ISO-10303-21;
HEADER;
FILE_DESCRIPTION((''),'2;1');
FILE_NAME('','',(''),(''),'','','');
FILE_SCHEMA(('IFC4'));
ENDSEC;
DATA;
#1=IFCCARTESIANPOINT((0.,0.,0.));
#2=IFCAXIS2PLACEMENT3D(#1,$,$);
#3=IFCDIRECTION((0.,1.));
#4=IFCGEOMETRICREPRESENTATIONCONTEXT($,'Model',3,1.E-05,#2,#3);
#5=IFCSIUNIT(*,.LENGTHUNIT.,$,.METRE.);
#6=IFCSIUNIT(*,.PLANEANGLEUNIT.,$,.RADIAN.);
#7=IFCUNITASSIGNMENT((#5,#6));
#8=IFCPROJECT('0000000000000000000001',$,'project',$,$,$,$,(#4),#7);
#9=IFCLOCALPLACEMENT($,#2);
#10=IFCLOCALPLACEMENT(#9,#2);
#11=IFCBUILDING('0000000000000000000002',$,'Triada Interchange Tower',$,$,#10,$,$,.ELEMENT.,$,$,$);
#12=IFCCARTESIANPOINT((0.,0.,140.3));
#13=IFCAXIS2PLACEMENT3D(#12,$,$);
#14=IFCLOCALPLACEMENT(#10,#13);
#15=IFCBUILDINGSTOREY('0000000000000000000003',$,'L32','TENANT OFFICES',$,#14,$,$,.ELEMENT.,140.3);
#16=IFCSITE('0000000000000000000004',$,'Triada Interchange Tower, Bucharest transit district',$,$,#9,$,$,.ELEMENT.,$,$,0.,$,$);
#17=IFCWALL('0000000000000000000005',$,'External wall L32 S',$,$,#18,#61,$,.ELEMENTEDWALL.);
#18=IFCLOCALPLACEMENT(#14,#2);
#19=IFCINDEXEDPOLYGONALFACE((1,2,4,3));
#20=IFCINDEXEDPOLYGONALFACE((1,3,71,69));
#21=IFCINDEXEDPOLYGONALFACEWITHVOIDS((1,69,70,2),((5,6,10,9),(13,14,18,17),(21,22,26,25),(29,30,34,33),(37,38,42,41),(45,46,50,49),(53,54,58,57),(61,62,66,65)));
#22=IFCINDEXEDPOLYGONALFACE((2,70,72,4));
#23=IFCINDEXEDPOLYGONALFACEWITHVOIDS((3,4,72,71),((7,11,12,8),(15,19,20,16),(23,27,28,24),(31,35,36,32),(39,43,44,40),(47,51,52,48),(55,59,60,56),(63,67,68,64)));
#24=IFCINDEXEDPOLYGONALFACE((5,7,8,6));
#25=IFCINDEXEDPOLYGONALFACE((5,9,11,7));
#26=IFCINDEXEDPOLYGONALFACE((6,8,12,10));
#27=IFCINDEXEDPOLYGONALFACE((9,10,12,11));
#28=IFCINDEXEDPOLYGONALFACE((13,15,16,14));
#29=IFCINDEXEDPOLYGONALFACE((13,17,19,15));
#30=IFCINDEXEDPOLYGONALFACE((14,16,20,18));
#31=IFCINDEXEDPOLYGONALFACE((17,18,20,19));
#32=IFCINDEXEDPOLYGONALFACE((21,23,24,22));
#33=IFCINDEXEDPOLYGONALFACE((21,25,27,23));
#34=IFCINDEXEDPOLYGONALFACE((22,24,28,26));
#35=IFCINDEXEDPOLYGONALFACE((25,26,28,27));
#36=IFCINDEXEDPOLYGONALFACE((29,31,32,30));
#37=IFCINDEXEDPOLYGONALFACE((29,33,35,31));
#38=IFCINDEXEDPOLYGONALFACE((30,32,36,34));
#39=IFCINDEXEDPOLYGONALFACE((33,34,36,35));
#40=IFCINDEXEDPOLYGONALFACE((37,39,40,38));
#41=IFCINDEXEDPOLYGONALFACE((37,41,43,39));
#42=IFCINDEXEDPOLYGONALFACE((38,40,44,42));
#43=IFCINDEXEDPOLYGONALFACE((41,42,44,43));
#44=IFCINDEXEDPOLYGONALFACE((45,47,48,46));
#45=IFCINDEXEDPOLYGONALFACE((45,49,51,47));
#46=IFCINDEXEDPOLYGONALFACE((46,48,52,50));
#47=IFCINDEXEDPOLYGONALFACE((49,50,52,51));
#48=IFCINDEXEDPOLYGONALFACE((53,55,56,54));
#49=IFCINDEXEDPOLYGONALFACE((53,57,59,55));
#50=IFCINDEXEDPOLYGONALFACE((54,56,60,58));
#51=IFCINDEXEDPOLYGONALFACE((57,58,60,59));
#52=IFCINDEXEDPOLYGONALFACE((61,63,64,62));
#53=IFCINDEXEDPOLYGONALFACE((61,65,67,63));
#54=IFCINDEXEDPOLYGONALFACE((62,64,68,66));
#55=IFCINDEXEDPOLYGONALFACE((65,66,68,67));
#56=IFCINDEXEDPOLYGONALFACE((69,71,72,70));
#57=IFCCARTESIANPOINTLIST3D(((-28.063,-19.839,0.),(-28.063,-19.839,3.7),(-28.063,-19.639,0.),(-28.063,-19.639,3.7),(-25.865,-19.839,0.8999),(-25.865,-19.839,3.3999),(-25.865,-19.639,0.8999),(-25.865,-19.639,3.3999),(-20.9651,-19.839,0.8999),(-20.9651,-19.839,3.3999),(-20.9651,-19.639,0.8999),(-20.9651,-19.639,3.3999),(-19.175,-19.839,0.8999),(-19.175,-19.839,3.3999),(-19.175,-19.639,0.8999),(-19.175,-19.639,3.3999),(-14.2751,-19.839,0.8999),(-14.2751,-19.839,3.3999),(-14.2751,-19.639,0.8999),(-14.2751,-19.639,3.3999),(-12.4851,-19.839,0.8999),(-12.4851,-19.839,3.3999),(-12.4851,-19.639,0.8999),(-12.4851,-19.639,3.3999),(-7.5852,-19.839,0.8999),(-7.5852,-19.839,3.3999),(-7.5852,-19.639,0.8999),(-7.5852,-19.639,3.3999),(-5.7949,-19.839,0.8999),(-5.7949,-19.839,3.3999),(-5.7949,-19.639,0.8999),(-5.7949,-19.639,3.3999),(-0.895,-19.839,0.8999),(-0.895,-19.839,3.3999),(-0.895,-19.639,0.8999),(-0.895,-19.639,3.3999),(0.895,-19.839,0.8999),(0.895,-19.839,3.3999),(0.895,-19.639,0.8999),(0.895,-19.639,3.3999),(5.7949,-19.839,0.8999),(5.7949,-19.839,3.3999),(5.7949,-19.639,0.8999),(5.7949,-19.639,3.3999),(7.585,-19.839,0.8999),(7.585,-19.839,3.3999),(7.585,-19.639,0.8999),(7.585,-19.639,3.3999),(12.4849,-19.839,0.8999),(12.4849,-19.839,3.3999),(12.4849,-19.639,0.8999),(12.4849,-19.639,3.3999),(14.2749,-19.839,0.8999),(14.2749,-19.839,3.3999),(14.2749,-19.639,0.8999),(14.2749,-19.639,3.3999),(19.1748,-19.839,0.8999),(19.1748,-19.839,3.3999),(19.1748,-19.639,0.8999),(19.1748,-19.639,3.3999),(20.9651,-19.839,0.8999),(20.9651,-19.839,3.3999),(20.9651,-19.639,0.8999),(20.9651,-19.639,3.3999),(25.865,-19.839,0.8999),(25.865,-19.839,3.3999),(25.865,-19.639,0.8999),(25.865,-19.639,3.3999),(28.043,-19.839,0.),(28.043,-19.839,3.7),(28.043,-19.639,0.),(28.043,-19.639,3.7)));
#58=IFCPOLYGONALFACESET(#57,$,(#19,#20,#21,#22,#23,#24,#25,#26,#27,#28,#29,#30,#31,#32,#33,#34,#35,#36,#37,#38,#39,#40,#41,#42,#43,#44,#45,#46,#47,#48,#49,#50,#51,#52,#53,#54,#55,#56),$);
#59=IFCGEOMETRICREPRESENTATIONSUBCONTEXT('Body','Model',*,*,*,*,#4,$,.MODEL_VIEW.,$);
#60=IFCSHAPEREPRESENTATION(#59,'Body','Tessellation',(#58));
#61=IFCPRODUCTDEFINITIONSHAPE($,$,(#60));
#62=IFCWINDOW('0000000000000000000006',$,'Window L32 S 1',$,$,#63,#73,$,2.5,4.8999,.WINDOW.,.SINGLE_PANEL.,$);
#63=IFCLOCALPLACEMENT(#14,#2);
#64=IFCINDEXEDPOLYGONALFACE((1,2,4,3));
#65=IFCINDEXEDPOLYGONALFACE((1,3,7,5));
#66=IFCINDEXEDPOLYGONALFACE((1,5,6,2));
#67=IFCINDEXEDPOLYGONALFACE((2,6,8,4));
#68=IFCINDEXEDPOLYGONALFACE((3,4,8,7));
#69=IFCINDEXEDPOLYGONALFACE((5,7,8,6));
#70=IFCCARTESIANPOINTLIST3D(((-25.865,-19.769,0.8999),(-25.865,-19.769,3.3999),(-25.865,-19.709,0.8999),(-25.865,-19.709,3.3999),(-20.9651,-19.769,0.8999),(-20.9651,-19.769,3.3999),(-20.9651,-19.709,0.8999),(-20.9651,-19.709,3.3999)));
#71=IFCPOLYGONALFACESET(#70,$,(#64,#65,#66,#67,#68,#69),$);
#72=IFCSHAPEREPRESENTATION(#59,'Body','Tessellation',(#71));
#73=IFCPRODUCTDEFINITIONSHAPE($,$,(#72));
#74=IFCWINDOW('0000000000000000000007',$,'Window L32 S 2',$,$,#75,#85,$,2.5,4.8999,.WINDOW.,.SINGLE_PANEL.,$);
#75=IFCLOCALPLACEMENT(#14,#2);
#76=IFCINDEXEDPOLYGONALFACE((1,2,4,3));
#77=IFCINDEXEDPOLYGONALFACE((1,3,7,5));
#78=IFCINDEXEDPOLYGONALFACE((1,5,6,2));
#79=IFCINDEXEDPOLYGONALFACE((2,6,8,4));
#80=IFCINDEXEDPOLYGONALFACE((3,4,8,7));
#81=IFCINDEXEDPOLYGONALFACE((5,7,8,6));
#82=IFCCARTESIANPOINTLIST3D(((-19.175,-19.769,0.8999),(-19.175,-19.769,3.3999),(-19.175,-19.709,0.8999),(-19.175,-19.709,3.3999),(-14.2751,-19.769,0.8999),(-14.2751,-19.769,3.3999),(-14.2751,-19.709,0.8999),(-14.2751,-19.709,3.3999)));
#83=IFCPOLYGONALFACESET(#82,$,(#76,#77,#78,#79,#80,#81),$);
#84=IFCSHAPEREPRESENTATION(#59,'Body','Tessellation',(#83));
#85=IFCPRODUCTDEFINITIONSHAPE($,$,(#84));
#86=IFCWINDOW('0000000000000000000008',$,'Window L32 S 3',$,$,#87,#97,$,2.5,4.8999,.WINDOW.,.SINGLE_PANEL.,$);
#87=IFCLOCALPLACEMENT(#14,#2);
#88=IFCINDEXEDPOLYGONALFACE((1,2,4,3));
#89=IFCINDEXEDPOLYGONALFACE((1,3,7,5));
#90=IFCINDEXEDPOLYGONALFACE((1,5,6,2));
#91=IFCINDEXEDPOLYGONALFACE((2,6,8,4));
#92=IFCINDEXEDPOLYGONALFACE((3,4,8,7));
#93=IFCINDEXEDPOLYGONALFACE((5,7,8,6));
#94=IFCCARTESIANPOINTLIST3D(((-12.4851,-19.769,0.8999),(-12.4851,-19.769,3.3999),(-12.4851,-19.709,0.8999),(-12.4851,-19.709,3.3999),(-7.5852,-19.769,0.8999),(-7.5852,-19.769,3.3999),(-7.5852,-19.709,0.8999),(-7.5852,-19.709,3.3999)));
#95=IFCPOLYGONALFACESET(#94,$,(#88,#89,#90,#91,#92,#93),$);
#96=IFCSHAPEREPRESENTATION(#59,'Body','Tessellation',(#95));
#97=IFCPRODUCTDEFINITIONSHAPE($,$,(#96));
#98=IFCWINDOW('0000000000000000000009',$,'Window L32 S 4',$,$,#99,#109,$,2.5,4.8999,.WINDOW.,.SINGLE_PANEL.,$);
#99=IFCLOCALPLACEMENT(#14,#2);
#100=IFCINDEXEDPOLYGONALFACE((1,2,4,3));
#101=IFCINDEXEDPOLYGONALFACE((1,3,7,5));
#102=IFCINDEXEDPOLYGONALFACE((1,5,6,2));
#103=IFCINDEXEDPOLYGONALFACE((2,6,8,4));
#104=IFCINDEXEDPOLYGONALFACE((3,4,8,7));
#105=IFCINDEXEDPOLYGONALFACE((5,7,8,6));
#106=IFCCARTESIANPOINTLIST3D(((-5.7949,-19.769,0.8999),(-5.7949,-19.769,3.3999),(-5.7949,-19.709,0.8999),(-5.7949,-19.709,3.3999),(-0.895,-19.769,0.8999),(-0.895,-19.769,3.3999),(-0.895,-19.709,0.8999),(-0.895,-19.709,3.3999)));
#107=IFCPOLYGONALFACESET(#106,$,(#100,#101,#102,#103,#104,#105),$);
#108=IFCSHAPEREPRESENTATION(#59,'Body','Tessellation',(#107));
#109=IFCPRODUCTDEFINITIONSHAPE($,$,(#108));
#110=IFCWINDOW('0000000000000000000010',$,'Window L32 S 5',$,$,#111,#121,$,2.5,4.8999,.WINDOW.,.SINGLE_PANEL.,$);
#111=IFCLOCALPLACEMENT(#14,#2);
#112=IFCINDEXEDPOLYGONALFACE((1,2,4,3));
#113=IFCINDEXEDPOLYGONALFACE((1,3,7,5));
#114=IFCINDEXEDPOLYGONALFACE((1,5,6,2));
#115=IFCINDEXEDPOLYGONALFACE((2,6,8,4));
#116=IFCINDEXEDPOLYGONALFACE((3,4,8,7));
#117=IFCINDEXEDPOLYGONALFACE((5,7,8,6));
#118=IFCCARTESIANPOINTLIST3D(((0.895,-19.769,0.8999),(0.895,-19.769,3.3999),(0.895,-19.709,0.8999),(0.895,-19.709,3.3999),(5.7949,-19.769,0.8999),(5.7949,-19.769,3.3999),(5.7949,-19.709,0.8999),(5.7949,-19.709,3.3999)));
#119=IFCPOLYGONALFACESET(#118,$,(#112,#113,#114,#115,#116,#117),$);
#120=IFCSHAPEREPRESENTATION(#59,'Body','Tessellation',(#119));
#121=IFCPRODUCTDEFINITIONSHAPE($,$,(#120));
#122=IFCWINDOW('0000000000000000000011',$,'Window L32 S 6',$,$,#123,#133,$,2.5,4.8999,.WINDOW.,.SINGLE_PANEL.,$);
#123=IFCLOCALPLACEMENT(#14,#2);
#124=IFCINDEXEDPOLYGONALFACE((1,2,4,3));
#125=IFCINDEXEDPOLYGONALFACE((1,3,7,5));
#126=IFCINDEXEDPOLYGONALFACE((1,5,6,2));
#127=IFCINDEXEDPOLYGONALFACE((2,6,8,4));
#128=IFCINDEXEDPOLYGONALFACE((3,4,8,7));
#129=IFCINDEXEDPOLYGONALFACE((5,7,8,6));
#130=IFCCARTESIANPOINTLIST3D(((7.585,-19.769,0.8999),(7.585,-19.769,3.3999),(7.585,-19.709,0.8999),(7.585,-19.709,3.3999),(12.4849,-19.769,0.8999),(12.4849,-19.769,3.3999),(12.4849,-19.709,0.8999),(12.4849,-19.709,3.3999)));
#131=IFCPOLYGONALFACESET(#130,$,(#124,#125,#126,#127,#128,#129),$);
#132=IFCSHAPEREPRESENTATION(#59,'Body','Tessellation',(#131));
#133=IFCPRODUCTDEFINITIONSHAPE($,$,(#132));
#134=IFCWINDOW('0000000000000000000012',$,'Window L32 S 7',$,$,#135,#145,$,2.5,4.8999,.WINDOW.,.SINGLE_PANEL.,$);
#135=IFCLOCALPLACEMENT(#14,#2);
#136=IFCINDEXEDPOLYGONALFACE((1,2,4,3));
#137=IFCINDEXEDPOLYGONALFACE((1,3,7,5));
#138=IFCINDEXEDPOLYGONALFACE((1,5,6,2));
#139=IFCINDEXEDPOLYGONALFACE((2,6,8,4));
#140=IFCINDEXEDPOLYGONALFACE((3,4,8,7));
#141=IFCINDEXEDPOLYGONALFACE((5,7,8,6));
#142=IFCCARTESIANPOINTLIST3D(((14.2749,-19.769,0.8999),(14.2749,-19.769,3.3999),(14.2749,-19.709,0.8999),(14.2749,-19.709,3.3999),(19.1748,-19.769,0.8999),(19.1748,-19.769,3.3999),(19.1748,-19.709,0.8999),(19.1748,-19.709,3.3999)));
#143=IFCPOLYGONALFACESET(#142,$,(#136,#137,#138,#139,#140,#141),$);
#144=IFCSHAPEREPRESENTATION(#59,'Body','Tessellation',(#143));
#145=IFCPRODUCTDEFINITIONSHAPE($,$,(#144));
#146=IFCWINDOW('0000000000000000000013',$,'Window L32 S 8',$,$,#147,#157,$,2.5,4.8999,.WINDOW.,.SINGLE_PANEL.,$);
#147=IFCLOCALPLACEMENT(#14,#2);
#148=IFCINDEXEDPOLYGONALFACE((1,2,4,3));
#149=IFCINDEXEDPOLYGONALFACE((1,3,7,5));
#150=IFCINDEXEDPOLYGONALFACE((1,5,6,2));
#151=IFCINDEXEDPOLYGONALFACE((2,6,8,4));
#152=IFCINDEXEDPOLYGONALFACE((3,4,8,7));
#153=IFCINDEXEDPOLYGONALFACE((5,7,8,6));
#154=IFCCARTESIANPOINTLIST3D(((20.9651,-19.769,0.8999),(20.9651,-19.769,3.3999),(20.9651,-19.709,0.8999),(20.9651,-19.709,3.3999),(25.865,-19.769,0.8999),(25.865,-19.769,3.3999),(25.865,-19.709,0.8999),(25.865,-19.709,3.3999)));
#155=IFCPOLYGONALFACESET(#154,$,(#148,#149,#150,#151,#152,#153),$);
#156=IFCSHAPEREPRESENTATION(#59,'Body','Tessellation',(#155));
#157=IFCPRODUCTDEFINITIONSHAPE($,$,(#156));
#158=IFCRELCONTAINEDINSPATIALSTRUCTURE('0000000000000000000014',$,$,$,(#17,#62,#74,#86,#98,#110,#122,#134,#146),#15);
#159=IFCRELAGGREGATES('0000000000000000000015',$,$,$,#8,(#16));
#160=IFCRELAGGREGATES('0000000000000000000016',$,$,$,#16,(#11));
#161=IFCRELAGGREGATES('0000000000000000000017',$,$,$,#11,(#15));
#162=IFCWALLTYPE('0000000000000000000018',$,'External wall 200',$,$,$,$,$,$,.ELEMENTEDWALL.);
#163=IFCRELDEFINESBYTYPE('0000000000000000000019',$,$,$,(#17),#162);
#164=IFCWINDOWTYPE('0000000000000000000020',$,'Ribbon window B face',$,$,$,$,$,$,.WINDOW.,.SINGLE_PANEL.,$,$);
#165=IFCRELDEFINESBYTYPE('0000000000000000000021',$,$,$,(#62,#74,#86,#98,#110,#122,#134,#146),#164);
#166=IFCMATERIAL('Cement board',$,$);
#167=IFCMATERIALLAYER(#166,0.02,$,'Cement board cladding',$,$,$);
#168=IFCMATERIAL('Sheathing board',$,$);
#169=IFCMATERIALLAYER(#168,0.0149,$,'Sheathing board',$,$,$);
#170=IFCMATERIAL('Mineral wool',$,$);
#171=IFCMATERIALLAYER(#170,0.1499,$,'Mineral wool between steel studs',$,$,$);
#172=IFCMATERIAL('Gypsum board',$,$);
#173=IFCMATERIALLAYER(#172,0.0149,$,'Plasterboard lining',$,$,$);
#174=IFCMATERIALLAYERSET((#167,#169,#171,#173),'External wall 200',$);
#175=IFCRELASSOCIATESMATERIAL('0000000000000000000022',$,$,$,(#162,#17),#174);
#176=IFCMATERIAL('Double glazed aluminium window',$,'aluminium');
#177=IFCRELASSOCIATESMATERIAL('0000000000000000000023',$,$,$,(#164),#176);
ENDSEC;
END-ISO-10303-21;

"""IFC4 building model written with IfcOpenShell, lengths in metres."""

from ifc_helpers import new_model, si_unit, direction, frame, frame_2d, origin, place, context, subcontext, project, spatial, rectangle, extrude, material, layer, layer_set, layer_usage, type_object, element, fill, save


model = new_model("IFC4")

# Units and contexts
model_context = context("Model", 3, precision=1e-05, world=origin(), true_north=direction((0.0, 1.0)))
body_context = subcontext(model_context, "Body", "Model", "MODEL_VIEW")
ifc_project = project(units=[si_unit("LENGTHUNIT", "METRE"), si_unit("PLANEANGLEUNIT", "RADIAN")], contexts=[model_context])

# Site, building, storey
site_placement = place(None, origin())
site = spatial("IfcSite", under=ifc_project, at=site_placement, Name="Triada Interchange Tower, Bucharest transit district", CompositionType="ELEMENT", RefElevation=0.0)
building_placement = place(site_placement, origin())
building = spatial("IfcBuilding", under=site, at=building_placement, Name="Triada Interchange Tower", CompositionType="ELEMENT")
storey_placement = place(building_placement, frame((0.0, 0.0, 140.3)))
storey = spatial("IfcBuildingStorey", under=building, at=storey_placement, Name="L32", Description="TENANT OFFICES", CompositionType="ELEMENT", Elevation=140.3)

# Shared definitions
ifc_material_1 = material(Name="Cement board")
ifc_layer_1 = layer(ifc_material_1, 0.02, Name="Cement board cladding")
ifc_material_2 = material(Name="Sheathing board")
ifc_layer_2 = layer(ifc_material_2, 0.0149, Name="Sheathing board")
ifc_material_3 = material(Name="Mineral wool")
ifc_layer_3 = layer(ifc_material_3, 0.1499, Name="Mineral wool between steel studs")
ifc_material_4 = material(Name="Gypsum board")
ifc_layer_4 = layer(ifc_material_4, 0.0149, Name="Plasterboard lining")
ifc_layer_set_1 = layer_set([ifc_layer_1, ifc_layer_2, ifc_layer_3, ifc_layer_4], Name="External wall 200")
ifc_layer_usage = layer_usage(ifc_layer_set_1, "AXIS2", "POSITIVE", -0.1001)
wall_type_1 = type_object("IfcWallType", Name="External wall 200", PredefinedType="ELEMENTEDWALL", material=ifc_layer_set_1)
ifc_material_5 = material(Name="Double glazed aluminium window", Category="aluminium")

# Wall, openings, windows
wall_1_placement = place(storey_placement, frame((-28.063, -19.739, 0.0), z_axis=(0.0, 0.0, 1.0), x_axis=(1.0, 0.0, 0.0)))
wall_1 = element("IfcWall", 1, at=wall_1_placement, inside=storey, type_object=wall_type_1, material=ifc_layer_usage, Name="External wall L32 S", PredefinedType="ELEMENTEDWALL", context=body_context, shape_type="SweptSolid", body=[
    extrude(rectangle(XDim=56.106, YDim=0.2, at=frame_2d((28.053, 0.0))), origin(), (0.0, 0.0, 1.0), 3.7),
])
opening_1_placement = place(wall_1_placement, frame((2.198, 0.0, 0.8999)))
opening_1 = element("IfcOpeningElement", 2, at=opening_1_placement, cuts=wall_1, PredefinedType="OPENING", context=body_context, shape_type="SweptSolid", body=[
    extrude(rectangle(XDim=4.8999, YDim=2.5, at=frame_2d((2.45, 1.25))), frame((0.0, 0.1099, 0.0), z_axis=(0.0, -1.0, 0.0), x_axis=(1.0, 0.0, 0.0)), (0.0, 0.0, 1.0), 0.22),
])
opening_2_placement = place(wall_1_placement, frame((8.8879, 0.0, 0.8999)))
opening_2 = element("IfcOpeningElement", 3, at=opening_2_placement, cuts=wall_1, PredefinedType="OPENING", context=body_context, shape_type="SweptSolid", body=[
    extrude(rectangle(XDim=4.8999, YDim=2.5, at=frame_2d((2.45, 1.25))), frame((0.0, 0.1099, 0.0), z_axis=(0.0, -1.0, 0.0), x_axis=(1.0, 0.0, 0.0)), (0.0, 0.0, 1.0), 0.22),
])
opening_3_placement = place(wall_1_placement, frame((15.5779, 0.0, 0.8999)))
opening_3 = element("IfcOpeningElement", 4, at=opening_3_placement, cuts=wall_1, PredefinedType="OPENING", context=body_context, shape_type="SweptSolid", body=[
    extrude(rectangle(XDim=4.8999, YDim=2.5, at=frame_2d((2.45, 1.25))), frame((0.0, 0.1099, 0.0), z_axis=(0.0, -1.0, 0.0), x_axis=(1.0, 0.0, 0.0)), (0.0, 0.0, 1.0), 0.22),
])
opening_4_placement = place(wall_1_placement, frame((22.2681, 0.0, 0.8999)))
opening_4 = element("IfcOpeningElement", 5, at=opening_4_placement, cuts=wall_1, PredefinedType="OPENING", context=body_context, shape_type="SweptSolid", body=[
    extrude(rectangle(XDim=4.8999, YDim=2.5, at=frame_2d((2.45, 1.25))), frame((0.0, 0.1099, 0.0), z_axis=(0.0, -1.0, 0.0), x_axis=(1.0, 0.0, 0.0)), (0.0, 0.0, 1.0), 0.22),
])
opening_5_placement = place(wall_1_placement, frame((28.958, 0.0, 0.8999)))
opening_5 = element("IfcOpeningElement", 6, at=opening_5_placement, cuts=wall_1, PredefinedType="OPENING", context=body_context, shape_type="SweptSolid", body=[
    extrude(rectangle(XDim=4.8999, YDim=2.5, at=frame_2d((2.45, 1.25))), frame((0.0, 0.1099, 0.0), z_axis=(0.0, -1.0, 0.0), x_axis=(1.0, 0.0, 0.0)), (0.0, 0.0, 1.0), 0.22),
])
opening_6_placement = place(wall_1_placement, frame((35.6479, 0.0, 0.8999)))
opening_6 = element("IfcOpeningElement", 7, at=opening_6_placement, cuts=wall_1, PredefinedType="OPENING", context=body_context, shape_type="SweptSolid", body=[
    extrude(rectangle(XDim=4.8999, YDim=2.5, at=frame_2d((2.45, 1.25))), frame((0.0, 0.1099, 0.0), z_axis=(0.0, -1.0, 0.0), x_axis=(1.0, 0.0, 0.0)), (0.0, 0.0, 1.0), 0.22),
])
opening_7_placement = place(wall_1_placement, frame((42.3379, 0.0, 0.8999)))
opening_7 = element("IfcOpeningElement", 8, at=opening_7_placement, cuts=wall_1, PredefinedType="OPENING", context=body_context, shape_type="SweptSolid", body=[
    extrude(rectangle(XDim=4.8999, YDim=2.5, at=frame_2d((2.45, 1.25))), frame((0.0, 0.1099, 0.0), z_axis=(0.0, -1.0, 0.0), x_axis=(1.0, 0.0, 0.0)), (0.0, 0.0, 1.0), 0.22),
])
opening_8_placement = place(wall_1_placement, frame((49.0281, 0.0, 0.8999)))
opening_8 = element("IfcOpeningElement", 9, at=opening_8_placement, cuts=wall_1, PredefinedType="OPENING", context=body_context, shape_type="SweptSolid", body=[
    extrude(rectangle(XDim=4.8999, YDim=2.5, at=frame_2d((2.45, 1.25))), frame((0.0, 0.1099, 0.0), z_axis=(0.0, -1.0, 0.0), x_axis=(1.0, 0.0, 0.0)), (0.0, 0.0, 1.0), 0.22),
])
window_type_1 = type_object("IfcWindowType", Name="Ribbon window B face", PartitioningType="SINGLE_PANEL", PredefinedType="WINDOW", material=ifc_material_5)
window_1_placement = place(opening_1_placement, origin())
window_1 = element("IfcWindow", 10, at=window_1_placement, inside=storey, type_object=window_type_1, Name="Window L32 S 1", OverallHeight=2.5, OverallWidth=4.8999, PartitioningType="SINGLE_PANEL", PredefinedType="WINDOW", context=body_context, shape_type="SweptSolid", body=[
    extrude(rectangle(XDim=4.8999, YDim=2.5, at=frame_2d((2.45, 1.25))), frame((0.0, 0.03, 0.0), z_axis=(0.0, -1.0, 0.0), x_axis=(1.0, 0.0, 0.0)), (0.0, 0.0, 1.0), 0.0601),
])
fill(opening_1, window_1)
window_2_placement = place(opening_2_placement, origin())
window_2 = element("IfcWindow", 11, at=window_2_placement, inside=storey, type_object=window_type_1, Name="Window L32 S 2", OverallHeight=2.5, OverallWidth=4.8999, PartitioningType="SINGLE_PANEL", PredefinedType="WINDOW", context=body_context, shape_type="SweptSolid", body=[
    extrude(rectangle(XDim=4.8999, YDim=2.5, at=frame_2d((2.45, 1.25))), frame((0.0, 0.03, 0.0), z_axis=(0.0, -1.0, 0.0), x_axis=(1.0, 0.0, 0.0)), (0.0, 0.0, 1.0), 0.0601),
])
fill(opening_2, window_2)
window_3_placement = place(opening_3_placement, origin())
window_3 = element("IfcWindow", 12, at=window_3_placement, inside=storey, type_object=window_type_1, Name="Window L32 S 3", OverallHeight=2.5, OverallWidth=4.8999, PartitioningType="SINGLE_PANEL", PredefinedType="WINDOW", context=body_context, shape_type="SweptSolid", body=[
    extrude(rectangle(XDim=4.8999, YDim=2.5, at=frame_2d((2.45, 1.25))), frame((0.0, 0.03, 0.0), z_axis=(0.0, -1.0, 0.0), x_axis=(1.0, 0.0, 0.0)), (0.0, 0.0, 1.0), 0.0601),
])
fill(opening_3, window_3)
window_4_placement = place(opening_4_placement, origin())
window_4 = element("IfcWindow", 13, at=window_4_placement, inside=storey, type_object=window_type_1, Name="Window L32 S 4", OverallHeight=2.5, OverallWidth=4.8999, PartitioningType="SINGLE_PANEL", PredefinedType="WINDOW", context=body_context, shape_type="SweptSolid", body=[
    extrude(rectangle(XDim=4.8999, YDim=2.5, at=frame_2d((2.45, 1.25))), frame((0.0, 0.03, 0.0), z_axis=(0.0, -1.0, 0.0), x_axis=(1.0, 0.0, 0.0)), (0.0, 0.0, 1.0), 0.0601),
])
fill(opening_4, window_4)
window_5_placement = place(opening_5_placement, origin())
window_5 = element("IfcWindow", 14, at=window_5_placement, inside=storey, type_object=window_type_1, Name="Window L32 S 5", OverallHeight=2.5, OverallWidth=4.8999, PartitioningType="SINGLE_PANEL", PredefinedType="WINDOW", context=body_context, shape_type="SweptSolid", body=[
    extrude(rectangle(XDim=4.8999, YDim=2.5, at=frame_2d((2.45, 1.25))), frame((0.0, 0.03, 0.0), z_axis=(0.0, -1.0, 0.0), x_axis=(1.0, 0.0, 0.0)), (0.0, 0.0, 1.0), 0.0601),
])
fill(opening_5, window_5)
window_6_placement = place(opening_6_placement, origin())
window_6 = element("IfcWindow", 15, at=window_6_placement, inside=storey, type_object=window_type_1, Name="Window L32 S 6", OverallHeight=2.5, OverallWidth=4.8999, PartitioningType="SINGLE_PANEL", PredefinedType="WINDOW", context=body_context, shape_type="SweptSolid", body=[
    extrude(rectangle(XDim=4.8999, YDim=2.5, at=frame_2d((2.45, 1.25))), frame((0.0, 0.03, 0.0), z_axis=(0.0, -1.0, 0.0), x_axis=(1.0, 0.0, 0.0)), (0.0, 0.0, 1.0), 0.0601),
])
fill(opening_6, window_6)
window_7_placement = place(opening_7_placement, origin())
window_7 = element("IfcWindow", 16, at=window_7_placement, inside=storey, type_object=window_type_1, Name="Window L32 S 7", OverallHeight=2.5, OverallWidth=4.8999, PartitioningType="SINGLE_PANEL", PredefinedType="WINDOW", context=body_context, shape_type="SweptSolid", body=[
    extrude(rectangle(XDim=4.8999, YDim=2.5, at=frame_2d((2.45, 1.25))), frame((0.0, 0.03, 0.0), z_axis=(0.0, -1.0, 0.0), x_axis=(1.0, 0.0, 0.0)), (0.0, 0.0, 1.0), 0.0601),
])
fill(opening_7, window_7)
window_8_placement = place(opening_8_placement, origin())
window_8 = element("IfcWindow", 17, at=window_8_placement, inside=storey, type_object=window_type_1, Name="Window L32 S 8", OverallHeight=2.5, OverallWidth=4.8999, PartitioningType="SINGLE_PANEL", PredefinedType="WINDOW", context=body_context, shape_type="SweptSolid", body=[
    extrude(rectangle(XDim=4.8999, YDim=2.5, at=frame_2d((2.45, 1.25))), frame((0.0, 0.03, 0.0), z_axis=(0.0, -1.0, 0.0), x_axis=(1.0, 0.0, 0.0)), (0.0, 0.0, 1.0), 0.0601),
])
fill(opening_8, window_8)

save(model, "model.ifc")
